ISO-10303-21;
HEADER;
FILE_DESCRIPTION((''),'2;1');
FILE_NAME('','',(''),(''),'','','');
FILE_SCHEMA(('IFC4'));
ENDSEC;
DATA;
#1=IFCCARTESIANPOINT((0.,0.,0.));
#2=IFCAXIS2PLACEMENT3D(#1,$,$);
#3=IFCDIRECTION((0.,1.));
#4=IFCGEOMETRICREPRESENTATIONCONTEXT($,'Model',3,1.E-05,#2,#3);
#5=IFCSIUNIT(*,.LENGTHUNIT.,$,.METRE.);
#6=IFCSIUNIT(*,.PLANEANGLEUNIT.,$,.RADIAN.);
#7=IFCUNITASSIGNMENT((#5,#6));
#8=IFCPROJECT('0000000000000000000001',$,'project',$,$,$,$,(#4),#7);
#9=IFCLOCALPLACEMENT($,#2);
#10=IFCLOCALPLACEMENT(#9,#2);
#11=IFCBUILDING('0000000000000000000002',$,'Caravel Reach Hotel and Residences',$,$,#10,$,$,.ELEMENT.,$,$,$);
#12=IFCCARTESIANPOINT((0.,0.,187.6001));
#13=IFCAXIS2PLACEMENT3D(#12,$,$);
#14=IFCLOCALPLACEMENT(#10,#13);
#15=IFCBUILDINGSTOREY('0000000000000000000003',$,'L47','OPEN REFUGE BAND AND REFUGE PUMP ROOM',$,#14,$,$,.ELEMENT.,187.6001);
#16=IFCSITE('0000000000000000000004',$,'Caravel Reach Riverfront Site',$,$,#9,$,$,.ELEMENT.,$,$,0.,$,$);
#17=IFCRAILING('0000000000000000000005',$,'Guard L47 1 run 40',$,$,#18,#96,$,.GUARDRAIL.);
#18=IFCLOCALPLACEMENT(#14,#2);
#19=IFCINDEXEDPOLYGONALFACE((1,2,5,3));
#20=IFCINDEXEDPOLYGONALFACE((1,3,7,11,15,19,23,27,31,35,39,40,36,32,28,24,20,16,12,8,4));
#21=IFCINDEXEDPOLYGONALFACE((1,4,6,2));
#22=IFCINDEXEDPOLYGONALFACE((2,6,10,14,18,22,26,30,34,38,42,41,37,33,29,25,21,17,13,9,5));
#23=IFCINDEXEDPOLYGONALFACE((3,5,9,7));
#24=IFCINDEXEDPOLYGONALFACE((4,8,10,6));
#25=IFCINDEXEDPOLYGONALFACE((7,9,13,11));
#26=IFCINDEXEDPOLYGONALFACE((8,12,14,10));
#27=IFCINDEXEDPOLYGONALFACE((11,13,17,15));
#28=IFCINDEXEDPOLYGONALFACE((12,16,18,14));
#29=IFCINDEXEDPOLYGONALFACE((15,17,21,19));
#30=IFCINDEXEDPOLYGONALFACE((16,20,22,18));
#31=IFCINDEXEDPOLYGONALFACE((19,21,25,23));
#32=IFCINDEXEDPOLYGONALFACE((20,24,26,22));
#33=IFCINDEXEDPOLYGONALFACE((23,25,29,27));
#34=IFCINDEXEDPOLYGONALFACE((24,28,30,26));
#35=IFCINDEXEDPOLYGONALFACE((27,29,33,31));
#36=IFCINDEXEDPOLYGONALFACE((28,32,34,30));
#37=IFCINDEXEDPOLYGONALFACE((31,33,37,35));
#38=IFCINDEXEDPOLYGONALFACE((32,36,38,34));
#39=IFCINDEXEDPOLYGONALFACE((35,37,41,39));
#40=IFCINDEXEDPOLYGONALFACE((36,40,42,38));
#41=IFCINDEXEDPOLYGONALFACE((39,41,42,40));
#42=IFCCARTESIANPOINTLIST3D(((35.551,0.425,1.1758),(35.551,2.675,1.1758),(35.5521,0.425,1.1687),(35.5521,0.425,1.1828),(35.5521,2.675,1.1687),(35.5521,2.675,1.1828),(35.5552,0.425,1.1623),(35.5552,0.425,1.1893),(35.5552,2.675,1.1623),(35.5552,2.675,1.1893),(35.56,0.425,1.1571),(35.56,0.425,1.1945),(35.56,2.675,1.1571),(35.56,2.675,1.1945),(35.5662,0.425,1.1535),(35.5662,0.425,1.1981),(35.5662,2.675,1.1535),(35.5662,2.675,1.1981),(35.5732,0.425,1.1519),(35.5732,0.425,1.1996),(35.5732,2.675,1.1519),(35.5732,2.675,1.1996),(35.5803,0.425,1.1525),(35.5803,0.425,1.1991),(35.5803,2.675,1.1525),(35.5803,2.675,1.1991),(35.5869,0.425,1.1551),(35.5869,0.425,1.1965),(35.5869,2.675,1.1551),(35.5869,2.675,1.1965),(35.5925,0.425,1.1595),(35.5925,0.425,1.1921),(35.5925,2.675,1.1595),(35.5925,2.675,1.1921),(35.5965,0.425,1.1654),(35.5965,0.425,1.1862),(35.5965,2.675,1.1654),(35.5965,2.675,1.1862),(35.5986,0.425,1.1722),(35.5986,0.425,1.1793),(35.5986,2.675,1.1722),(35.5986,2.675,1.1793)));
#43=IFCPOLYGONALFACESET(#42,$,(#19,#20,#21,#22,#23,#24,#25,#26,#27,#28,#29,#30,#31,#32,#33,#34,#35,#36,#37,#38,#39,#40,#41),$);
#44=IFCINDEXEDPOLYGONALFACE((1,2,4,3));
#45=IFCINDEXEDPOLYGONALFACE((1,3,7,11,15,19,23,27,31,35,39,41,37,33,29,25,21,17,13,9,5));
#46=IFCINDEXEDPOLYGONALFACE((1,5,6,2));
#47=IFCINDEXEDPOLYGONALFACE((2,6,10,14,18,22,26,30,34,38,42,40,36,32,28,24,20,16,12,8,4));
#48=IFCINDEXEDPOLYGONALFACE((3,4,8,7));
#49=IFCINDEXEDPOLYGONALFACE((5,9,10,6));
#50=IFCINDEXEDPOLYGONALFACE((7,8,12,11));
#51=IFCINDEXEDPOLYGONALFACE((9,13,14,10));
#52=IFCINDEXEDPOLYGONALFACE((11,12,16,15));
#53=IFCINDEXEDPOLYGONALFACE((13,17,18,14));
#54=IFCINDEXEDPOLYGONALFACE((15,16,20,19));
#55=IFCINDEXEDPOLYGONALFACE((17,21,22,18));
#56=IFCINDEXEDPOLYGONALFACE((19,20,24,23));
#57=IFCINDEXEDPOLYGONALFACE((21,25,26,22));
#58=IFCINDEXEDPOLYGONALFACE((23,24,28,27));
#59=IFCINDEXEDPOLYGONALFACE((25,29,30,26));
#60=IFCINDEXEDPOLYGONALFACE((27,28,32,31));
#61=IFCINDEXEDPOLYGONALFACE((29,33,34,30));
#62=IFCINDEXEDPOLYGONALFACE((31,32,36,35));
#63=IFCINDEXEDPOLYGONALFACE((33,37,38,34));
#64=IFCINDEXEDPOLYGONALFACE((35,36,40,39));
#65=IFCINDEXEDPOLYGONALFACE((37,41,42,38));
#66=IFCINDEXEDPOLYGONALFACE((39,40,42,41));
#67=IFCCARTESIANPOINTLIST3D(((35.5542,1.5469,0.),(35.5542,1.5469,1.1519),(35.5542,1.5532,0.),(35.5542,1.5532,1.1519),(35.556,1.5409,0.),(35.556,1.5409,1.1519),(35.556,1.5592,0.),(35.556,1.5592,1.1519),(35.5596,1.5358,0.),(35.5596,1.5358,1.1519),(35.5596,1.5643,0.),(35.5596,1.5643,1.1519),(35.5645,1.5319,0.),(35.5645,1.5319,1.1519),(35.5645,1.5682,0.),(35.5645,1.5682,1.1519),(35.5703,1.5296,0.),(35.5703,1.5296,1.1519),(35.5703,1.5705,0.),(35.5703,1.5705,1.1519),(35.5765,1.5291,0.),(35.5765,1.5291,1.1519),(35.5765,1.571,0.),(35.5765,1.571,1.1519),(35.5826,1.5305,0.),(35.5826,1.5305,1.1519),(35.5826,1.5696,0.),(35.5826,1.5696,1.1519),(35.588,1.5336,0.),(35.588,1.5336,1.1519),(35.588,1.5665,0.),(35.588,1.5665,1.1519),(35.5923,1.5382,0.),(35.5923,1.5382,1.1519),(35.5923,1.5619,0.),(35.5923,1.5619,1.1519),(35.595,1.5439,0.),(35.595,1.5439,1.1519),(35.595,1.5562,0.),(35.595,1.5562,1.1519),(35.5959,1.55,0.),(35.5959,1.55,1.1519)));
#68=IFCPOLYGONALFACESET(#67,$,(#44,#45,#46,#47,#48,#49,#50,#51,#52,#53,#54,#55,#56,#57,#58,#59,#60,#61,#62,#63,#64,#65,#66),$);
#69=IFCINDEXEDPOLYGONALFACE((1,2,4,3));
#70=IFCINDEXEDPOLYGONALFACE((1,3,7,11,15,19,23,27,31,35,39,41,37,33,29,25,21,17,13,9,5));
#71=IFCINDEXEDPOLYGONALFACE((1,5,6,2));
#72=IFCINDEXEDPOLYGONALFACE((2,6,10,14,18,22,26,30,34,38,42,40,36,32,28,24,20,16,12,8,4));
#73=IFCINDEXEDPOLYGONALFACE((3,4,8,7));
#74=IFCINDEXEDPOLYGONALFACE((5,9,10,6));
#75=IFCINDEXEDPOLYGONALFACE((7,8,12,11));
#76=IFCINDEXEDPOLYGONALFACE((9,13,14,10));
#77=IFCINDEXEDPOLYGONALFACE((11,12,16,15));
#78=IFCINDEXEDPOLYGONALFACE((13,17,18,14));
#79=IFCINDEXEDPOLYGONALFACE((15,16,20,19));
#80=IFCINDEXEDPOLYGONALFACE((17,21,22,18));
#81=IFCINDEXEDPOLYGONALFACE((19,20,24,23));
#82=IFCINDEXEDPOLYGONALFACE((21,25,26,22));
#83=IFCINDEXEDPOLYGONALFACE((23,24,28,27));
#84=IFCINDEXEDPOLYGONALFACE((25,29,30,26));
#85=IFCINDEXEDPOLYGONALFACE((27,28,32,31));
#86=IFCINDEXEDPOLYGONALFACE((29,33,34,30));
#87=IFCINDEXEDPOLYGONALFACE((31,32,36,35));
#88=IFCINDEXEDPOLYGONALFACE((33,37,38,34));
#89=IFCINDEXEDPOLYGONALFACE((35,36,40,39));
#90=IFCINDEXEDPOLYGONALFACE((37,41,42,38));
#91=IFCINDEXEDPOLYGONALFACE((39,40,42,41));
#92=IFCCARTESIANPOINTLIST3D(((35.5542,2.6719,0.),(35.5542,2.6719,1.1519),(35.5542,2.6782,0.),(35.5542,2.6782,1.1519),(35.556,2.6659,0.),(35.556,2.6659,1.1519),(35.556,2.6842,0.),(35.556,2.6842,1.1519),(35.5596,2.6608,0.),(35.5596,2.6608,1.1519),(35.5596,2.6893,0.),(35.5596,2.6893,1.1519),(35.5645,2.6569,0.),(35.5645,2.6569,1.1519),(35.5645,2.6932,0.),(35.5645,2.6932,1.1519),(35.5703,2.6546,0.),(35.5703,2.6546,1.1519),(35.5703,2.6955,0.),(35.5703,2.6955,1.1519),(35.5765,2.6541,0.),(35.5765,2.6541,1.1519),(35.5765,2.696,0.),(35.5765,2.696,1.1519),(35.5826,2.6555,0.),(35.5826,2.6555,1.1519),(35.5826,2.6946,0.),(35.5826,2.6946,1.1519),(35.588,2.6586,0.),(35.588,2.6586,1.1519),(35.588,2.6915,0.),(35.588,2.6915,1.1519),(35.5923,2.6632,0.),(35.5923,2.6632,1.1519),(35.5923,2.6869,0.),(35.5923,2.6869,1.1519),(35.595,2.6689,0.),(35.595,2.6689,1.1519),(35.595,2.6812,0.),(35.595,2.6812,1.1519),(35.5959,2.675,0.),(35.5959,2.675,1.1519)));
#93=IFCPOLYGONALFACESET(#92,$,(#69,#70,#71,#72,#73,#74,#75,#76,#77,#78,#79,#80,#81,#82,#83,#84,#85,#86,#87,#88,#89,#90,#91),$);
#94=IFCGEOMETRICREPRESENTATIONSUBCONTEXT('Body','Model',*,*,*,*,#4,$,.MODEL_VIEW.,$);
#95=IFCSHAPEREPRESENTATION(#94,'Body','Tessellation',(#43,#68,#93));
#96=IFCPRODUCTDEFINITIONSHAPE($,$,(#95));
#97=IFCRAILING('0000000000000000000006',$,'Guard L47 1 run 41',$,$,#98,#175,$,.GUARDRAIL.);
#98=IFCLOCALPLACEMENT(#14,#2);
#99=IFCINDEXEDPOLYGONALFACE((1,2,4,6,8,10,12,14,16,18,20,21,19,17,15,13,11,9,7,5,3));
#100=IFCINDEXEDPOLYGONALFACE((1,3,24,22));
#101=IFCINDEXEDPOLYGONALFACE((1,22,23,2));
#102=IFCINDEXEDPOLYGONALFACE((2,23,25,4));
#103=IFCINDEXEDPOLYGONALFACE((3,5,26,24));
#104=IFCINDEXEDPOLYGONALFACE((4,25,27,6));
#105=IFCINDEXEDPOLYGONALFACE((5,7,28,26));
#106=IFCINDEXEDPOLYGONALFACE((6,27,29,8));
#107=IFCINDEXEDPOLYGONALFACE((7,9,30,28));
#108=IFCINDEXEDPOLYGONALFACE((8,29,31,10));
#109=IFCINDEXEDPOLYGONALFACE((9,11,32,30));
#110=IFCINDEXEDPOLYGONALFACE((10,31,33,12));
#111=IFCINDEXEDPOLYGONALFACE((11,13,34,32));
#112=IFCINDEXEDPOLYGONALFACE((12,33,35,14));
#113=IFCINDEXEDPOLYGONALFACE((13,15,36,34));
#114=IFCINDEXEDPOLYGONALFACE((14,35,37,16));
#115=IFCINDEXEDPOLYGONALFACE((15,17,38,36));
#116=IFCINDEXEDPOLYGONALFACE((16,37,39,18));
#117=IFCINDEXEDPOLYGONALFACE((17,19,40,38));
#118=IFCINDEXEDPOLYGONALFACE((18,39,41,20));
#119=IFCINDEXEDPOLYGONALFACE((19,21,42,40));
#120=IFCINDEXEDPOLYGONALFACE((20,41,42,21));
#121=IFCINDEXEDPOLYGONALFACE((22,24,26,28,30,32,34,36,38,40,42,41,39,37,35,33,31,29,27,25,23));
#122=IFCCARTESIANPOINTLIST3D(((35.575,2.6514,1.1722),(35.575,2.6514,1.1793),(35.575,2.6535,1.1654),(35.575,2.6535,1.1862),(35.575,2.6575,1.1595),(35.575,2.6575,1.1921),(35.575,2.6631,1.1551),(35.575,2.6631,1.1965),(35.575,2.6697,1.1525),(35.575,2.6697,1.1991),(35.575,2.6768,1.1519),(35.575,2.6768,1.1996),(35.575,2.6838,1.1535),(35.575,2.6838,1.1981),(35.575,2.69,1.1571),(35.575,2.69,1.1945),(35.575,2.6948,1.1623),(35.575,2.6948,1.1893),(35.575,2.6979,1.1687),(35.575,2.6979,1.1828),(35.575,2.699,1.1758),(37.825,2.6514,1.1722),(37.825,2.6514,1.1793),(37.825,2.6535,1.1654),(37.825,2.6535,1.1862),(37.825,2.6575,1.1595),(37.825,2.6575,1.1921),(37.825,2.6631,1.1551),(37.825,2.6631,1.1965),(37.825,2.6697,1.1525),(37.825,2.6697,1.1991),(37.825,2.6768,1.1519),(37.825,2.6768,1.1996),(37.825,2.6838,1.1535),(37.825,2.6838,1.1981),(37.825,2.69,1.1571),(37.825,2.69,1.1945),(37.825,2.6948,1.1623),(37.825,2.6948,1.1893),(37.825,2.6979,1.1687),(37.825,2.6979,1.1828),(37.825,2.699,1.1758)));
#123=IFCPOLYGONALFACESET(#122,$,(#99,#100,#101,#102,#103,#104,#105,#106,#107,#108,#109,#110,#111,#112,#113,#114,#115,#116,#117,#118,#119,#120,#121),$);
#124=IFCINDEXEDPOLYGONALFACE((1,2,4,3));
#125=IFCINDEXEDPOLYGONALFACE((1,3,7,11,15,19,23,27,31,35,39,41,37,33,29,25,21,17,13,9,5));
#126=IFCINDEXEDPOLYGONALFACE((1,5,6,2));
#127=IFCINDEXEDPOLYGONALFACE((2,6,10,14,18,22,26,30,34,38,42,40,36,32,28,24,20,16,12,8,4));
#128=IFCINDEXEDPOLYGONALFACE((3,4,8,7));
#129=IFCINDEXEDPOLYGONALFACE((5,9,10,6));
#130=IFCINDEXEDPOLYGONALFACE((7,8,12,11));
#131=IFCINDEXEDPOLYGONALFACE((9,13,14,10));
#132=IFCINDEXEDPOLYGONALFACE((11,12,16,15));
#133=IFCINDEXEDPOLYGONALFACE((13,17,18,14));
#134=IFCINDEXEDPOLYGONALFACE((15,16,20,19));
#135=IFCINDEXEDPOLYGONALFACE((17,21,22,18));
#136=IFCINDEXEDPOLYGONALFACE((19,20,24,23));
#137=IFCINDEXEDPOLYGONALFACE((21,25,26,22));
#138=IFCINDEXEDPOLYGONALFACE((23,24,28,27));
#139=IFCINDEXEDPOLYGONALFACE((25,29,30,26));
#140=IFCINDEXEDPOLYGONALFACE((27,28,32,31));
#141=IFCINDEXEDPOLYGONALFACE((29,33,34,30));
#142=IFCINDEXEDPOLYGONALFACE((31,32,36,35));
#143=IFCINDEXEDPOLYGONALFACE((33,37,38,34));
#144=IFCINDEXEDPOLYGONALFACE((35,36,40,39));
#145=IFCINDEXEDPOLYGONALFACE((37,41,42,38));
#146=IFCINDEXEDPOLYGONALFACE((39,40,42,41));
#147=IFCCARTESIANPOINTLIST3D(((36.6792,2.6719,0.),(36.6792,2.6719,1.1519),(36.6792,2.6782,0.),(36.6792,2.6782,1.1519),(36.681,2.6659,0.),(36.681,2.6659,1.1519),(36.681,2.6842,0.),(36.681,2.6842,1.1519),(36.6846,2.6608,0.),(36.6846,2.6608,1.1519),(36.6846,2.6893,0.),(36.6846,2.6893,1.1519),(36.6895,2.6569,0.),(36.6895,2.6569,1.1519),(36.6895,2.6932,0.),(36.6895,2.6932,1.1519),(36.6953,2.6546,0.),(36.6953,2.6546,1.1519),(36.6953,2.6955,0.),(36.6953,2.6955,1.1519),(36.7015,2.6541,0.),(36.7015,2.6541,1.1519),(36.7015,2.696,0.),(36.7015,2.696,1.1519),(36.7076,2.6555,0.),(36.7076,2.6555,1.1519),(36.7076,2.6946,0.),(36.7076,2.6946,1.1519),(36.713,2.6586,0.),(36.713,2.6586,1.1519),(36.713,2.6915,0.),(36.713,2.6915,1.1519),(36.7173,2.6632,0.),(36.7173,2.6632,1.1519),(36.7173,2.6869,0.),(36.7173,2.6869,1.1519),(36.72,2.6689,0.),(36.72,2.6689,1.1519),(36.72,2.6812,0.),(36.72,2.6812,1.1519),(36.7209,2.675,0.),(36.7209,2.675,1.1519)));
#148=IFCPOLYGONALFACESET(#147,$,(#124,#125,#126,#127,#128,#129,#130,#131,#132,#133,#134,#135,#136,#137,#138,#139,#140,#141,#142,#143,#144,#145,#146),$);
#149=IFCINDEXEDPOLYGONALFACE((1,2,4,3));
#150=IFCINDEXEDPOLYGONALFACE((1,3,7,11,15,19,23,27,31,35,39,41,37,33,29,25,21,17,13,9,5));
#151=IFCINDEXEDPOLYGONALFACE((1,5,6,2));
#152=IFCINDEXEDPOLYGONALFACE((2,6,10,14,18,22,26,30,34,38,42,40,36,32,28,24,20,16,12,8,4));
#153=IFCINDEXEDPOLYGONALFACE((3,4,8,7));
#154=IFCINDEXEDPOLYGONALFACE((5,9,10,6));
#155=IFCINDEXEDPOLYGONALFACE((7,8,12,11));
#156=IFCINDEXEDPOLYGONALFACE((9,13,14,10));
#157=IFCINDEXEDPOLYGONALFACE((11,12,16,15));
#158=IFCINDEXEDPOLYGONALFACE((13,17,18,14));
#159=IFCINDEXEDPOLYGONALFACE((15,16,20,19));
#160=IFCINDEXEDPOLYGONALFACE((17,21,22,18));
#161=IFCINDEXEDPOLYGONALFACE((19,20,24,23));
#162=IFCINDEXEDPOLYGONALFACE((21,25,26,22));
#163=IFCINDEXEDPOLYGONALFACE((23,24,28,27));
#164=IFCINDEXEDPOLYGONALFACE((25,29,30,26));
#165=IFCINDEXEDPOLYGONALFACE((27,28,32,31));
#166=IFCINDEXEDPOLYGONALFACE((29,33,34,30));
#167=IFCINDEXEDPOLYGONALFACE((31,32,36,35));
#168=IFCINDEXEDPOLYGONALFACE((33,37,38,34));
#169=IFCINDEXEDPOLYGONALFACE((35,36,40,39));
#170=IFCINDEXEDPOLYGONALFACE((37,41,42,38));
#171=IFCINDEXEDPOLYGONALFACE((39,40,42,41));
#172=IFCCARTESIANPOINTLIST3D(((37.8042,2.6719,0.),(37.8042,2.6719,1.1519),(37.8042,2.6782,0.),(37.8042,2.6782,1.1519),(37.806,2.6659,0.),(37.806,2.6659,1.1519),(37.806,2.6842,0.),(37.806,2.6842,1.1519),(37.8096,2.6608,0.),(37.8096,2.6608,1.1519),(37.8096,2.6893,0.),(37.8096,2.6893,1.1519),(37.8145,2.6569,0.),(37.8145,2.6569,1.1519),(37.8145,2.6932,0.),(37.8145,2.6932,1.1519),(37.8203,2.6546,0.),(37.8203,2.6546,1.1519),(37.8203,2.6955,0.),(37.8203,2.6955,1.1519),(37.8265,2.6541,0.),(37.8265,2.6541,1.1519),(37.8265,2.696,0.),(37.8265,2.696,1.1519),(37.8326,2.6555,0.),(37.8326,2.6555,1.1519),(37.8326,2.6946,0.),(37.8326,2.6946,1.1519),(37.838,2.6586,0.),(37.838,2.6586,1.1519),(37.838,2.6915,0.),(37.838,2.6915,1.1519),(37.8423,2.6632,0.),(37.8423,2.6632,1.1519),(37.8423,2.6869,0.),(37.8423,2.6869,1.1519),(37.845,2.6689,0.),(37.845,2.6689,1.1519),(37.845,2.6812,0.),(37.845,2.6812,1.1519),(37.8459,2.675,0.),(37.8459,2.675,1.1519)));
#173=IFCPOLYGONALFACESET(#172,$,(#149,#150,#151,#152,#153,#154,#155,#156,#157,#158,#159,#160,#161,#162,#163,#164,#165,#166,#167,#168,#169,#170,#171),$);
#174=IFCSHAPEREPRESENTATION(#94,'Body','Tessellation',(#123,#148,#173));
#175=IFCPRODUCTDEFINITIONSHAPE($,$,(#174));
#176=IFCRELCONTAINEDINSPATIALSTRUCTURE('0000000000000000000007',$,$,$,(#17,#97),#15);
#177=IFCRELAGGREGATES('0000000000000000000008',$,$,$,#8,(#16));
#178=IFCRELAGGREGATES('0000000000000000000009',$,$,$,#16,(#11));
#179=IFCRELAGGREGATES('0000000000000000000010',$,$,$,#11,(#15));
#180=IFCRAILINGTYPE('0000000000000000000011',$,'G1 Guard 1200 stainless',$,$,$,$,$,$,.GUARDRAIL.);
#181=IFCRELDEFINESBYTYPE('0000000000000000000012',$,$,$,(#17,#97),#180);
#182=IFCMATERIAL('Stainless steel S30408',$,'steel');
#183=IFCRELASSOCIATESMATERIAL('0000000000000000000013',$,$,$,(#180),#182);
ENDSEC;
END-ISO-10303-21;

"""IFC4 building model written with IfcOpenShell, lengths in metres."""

from ifc_helpers import new_model, si_unit, direction, frame, origin, origin_2d, place, context, subcontext, project, spatial, circle, extrude, material, type_object, element, save


model = new_model("IFC4")

# Units and contexts
model_context = context("Model", 3, precision=1e-05, world=origin(), true_north=direction((0.0, 1.0)))
body_context = subcontext(model_context, "Body", "Model", "MODEL_VIEW")
ifc_project = project(units=[si_unit("LENGTHUNIT", "METRE"), si_unit("PLANEANGLEUNIT", "RADIAN")], contexts=[model_context])

# Site, building, storey
site_placement = place(None, origin())
site = spatial("IfcSite", under=ifc_project, at=site_placement, Name="Caravel Reach Riverfront Site", CompositionType="ELEMENT", RefElevation=0.0)
building_placement = place(site_placement, origin())
building = spatial("IfcBuilding", under=site, at=building_placement, Name="Caravel Reach Hotel and Residences", CompositionType="ELEMENT")
storey_placement = place(building_placement, frame((0.0, 0.0, 187.6001)))
storey = spatial("IfcBuildingStorey", under=building, at=storey_placement, Name="L47", Description="OPEN REFUGE BAND AND REFUGE PUMP ROOM", CompositionType="ELEMENT", Elevation=187.6001)

# Railings
ifc_material_1 = material(Name="Stainless steel S30408", Category="steel")
railing_type = type_object("IfcRailingType", Name="G1 Guard 1200 stainless", PredefinedType="GUARDRAIL", material=ifc_material_1)
railing_1_placement = place(storey_placement, frame((35.575, 0.425, 0.0)))
element("IfcRailing", 1, at=railing_1_placement, inside=storey, type_object=railing_type, Name="Guard L47 1 run 40", PredefinedType="GUARDRAIL", context=body_context, shape_type="SweptSolid", body=[
    extrude(circle(Radius=0.0239, at=origin_2d()), frame((0.0, 0.0, 1.1758), z_axis=(0.0, 1.0, 0.0), x_axis=(-1.0, 0.0, 0.0)), (0.0, 0.0, 1.0), 2.25),
    extrude(circle(Radius=0.021, at=origin_2d()), frame((0.0, 1.125, 0.0)), (0.0, 0.0, 1.0), 1.1519),
    extrude(circle(Radius=0.021, at=origin_2d()), frame((0.0, 2.25, 0.0)), (0.0, 0.0, 1.0), 1.1519),
])
railing_2_placement = place(storey_placement, frame((35.575, 2.675, 0.0)))
element("IfcRailing", 2, at=railing_2_placement, inside=storey, type_object=railing_type, Name="Guard L47 1 run 41", PredefinedType="GUARDRAIL", context=body_context, shape_type="SweptSolid", body=[
    extrude(circle(Radius=0.0239, at=origin_2d()), frame((0.0, 0.0, 1.1758), z_axis=(1.0, 0.0, 0.0), x_axis=(0.0, 1.0, 0.0)), (0.0, 0.0, 1.0), 2.25),
    extrude(circle(Radius=0.021, at=origin_2d()), frame((1.125, 0.0, 0.0)), (0.0, 0.0, 1.0), 1.1519),
    extrude(circle(Radius=0.021, at=origin_2d()), frame((2.25, 0.0, 0.0)), (0.0, 0.0, 1.0), 1.1519),
])

save(model, "model.ifc")
